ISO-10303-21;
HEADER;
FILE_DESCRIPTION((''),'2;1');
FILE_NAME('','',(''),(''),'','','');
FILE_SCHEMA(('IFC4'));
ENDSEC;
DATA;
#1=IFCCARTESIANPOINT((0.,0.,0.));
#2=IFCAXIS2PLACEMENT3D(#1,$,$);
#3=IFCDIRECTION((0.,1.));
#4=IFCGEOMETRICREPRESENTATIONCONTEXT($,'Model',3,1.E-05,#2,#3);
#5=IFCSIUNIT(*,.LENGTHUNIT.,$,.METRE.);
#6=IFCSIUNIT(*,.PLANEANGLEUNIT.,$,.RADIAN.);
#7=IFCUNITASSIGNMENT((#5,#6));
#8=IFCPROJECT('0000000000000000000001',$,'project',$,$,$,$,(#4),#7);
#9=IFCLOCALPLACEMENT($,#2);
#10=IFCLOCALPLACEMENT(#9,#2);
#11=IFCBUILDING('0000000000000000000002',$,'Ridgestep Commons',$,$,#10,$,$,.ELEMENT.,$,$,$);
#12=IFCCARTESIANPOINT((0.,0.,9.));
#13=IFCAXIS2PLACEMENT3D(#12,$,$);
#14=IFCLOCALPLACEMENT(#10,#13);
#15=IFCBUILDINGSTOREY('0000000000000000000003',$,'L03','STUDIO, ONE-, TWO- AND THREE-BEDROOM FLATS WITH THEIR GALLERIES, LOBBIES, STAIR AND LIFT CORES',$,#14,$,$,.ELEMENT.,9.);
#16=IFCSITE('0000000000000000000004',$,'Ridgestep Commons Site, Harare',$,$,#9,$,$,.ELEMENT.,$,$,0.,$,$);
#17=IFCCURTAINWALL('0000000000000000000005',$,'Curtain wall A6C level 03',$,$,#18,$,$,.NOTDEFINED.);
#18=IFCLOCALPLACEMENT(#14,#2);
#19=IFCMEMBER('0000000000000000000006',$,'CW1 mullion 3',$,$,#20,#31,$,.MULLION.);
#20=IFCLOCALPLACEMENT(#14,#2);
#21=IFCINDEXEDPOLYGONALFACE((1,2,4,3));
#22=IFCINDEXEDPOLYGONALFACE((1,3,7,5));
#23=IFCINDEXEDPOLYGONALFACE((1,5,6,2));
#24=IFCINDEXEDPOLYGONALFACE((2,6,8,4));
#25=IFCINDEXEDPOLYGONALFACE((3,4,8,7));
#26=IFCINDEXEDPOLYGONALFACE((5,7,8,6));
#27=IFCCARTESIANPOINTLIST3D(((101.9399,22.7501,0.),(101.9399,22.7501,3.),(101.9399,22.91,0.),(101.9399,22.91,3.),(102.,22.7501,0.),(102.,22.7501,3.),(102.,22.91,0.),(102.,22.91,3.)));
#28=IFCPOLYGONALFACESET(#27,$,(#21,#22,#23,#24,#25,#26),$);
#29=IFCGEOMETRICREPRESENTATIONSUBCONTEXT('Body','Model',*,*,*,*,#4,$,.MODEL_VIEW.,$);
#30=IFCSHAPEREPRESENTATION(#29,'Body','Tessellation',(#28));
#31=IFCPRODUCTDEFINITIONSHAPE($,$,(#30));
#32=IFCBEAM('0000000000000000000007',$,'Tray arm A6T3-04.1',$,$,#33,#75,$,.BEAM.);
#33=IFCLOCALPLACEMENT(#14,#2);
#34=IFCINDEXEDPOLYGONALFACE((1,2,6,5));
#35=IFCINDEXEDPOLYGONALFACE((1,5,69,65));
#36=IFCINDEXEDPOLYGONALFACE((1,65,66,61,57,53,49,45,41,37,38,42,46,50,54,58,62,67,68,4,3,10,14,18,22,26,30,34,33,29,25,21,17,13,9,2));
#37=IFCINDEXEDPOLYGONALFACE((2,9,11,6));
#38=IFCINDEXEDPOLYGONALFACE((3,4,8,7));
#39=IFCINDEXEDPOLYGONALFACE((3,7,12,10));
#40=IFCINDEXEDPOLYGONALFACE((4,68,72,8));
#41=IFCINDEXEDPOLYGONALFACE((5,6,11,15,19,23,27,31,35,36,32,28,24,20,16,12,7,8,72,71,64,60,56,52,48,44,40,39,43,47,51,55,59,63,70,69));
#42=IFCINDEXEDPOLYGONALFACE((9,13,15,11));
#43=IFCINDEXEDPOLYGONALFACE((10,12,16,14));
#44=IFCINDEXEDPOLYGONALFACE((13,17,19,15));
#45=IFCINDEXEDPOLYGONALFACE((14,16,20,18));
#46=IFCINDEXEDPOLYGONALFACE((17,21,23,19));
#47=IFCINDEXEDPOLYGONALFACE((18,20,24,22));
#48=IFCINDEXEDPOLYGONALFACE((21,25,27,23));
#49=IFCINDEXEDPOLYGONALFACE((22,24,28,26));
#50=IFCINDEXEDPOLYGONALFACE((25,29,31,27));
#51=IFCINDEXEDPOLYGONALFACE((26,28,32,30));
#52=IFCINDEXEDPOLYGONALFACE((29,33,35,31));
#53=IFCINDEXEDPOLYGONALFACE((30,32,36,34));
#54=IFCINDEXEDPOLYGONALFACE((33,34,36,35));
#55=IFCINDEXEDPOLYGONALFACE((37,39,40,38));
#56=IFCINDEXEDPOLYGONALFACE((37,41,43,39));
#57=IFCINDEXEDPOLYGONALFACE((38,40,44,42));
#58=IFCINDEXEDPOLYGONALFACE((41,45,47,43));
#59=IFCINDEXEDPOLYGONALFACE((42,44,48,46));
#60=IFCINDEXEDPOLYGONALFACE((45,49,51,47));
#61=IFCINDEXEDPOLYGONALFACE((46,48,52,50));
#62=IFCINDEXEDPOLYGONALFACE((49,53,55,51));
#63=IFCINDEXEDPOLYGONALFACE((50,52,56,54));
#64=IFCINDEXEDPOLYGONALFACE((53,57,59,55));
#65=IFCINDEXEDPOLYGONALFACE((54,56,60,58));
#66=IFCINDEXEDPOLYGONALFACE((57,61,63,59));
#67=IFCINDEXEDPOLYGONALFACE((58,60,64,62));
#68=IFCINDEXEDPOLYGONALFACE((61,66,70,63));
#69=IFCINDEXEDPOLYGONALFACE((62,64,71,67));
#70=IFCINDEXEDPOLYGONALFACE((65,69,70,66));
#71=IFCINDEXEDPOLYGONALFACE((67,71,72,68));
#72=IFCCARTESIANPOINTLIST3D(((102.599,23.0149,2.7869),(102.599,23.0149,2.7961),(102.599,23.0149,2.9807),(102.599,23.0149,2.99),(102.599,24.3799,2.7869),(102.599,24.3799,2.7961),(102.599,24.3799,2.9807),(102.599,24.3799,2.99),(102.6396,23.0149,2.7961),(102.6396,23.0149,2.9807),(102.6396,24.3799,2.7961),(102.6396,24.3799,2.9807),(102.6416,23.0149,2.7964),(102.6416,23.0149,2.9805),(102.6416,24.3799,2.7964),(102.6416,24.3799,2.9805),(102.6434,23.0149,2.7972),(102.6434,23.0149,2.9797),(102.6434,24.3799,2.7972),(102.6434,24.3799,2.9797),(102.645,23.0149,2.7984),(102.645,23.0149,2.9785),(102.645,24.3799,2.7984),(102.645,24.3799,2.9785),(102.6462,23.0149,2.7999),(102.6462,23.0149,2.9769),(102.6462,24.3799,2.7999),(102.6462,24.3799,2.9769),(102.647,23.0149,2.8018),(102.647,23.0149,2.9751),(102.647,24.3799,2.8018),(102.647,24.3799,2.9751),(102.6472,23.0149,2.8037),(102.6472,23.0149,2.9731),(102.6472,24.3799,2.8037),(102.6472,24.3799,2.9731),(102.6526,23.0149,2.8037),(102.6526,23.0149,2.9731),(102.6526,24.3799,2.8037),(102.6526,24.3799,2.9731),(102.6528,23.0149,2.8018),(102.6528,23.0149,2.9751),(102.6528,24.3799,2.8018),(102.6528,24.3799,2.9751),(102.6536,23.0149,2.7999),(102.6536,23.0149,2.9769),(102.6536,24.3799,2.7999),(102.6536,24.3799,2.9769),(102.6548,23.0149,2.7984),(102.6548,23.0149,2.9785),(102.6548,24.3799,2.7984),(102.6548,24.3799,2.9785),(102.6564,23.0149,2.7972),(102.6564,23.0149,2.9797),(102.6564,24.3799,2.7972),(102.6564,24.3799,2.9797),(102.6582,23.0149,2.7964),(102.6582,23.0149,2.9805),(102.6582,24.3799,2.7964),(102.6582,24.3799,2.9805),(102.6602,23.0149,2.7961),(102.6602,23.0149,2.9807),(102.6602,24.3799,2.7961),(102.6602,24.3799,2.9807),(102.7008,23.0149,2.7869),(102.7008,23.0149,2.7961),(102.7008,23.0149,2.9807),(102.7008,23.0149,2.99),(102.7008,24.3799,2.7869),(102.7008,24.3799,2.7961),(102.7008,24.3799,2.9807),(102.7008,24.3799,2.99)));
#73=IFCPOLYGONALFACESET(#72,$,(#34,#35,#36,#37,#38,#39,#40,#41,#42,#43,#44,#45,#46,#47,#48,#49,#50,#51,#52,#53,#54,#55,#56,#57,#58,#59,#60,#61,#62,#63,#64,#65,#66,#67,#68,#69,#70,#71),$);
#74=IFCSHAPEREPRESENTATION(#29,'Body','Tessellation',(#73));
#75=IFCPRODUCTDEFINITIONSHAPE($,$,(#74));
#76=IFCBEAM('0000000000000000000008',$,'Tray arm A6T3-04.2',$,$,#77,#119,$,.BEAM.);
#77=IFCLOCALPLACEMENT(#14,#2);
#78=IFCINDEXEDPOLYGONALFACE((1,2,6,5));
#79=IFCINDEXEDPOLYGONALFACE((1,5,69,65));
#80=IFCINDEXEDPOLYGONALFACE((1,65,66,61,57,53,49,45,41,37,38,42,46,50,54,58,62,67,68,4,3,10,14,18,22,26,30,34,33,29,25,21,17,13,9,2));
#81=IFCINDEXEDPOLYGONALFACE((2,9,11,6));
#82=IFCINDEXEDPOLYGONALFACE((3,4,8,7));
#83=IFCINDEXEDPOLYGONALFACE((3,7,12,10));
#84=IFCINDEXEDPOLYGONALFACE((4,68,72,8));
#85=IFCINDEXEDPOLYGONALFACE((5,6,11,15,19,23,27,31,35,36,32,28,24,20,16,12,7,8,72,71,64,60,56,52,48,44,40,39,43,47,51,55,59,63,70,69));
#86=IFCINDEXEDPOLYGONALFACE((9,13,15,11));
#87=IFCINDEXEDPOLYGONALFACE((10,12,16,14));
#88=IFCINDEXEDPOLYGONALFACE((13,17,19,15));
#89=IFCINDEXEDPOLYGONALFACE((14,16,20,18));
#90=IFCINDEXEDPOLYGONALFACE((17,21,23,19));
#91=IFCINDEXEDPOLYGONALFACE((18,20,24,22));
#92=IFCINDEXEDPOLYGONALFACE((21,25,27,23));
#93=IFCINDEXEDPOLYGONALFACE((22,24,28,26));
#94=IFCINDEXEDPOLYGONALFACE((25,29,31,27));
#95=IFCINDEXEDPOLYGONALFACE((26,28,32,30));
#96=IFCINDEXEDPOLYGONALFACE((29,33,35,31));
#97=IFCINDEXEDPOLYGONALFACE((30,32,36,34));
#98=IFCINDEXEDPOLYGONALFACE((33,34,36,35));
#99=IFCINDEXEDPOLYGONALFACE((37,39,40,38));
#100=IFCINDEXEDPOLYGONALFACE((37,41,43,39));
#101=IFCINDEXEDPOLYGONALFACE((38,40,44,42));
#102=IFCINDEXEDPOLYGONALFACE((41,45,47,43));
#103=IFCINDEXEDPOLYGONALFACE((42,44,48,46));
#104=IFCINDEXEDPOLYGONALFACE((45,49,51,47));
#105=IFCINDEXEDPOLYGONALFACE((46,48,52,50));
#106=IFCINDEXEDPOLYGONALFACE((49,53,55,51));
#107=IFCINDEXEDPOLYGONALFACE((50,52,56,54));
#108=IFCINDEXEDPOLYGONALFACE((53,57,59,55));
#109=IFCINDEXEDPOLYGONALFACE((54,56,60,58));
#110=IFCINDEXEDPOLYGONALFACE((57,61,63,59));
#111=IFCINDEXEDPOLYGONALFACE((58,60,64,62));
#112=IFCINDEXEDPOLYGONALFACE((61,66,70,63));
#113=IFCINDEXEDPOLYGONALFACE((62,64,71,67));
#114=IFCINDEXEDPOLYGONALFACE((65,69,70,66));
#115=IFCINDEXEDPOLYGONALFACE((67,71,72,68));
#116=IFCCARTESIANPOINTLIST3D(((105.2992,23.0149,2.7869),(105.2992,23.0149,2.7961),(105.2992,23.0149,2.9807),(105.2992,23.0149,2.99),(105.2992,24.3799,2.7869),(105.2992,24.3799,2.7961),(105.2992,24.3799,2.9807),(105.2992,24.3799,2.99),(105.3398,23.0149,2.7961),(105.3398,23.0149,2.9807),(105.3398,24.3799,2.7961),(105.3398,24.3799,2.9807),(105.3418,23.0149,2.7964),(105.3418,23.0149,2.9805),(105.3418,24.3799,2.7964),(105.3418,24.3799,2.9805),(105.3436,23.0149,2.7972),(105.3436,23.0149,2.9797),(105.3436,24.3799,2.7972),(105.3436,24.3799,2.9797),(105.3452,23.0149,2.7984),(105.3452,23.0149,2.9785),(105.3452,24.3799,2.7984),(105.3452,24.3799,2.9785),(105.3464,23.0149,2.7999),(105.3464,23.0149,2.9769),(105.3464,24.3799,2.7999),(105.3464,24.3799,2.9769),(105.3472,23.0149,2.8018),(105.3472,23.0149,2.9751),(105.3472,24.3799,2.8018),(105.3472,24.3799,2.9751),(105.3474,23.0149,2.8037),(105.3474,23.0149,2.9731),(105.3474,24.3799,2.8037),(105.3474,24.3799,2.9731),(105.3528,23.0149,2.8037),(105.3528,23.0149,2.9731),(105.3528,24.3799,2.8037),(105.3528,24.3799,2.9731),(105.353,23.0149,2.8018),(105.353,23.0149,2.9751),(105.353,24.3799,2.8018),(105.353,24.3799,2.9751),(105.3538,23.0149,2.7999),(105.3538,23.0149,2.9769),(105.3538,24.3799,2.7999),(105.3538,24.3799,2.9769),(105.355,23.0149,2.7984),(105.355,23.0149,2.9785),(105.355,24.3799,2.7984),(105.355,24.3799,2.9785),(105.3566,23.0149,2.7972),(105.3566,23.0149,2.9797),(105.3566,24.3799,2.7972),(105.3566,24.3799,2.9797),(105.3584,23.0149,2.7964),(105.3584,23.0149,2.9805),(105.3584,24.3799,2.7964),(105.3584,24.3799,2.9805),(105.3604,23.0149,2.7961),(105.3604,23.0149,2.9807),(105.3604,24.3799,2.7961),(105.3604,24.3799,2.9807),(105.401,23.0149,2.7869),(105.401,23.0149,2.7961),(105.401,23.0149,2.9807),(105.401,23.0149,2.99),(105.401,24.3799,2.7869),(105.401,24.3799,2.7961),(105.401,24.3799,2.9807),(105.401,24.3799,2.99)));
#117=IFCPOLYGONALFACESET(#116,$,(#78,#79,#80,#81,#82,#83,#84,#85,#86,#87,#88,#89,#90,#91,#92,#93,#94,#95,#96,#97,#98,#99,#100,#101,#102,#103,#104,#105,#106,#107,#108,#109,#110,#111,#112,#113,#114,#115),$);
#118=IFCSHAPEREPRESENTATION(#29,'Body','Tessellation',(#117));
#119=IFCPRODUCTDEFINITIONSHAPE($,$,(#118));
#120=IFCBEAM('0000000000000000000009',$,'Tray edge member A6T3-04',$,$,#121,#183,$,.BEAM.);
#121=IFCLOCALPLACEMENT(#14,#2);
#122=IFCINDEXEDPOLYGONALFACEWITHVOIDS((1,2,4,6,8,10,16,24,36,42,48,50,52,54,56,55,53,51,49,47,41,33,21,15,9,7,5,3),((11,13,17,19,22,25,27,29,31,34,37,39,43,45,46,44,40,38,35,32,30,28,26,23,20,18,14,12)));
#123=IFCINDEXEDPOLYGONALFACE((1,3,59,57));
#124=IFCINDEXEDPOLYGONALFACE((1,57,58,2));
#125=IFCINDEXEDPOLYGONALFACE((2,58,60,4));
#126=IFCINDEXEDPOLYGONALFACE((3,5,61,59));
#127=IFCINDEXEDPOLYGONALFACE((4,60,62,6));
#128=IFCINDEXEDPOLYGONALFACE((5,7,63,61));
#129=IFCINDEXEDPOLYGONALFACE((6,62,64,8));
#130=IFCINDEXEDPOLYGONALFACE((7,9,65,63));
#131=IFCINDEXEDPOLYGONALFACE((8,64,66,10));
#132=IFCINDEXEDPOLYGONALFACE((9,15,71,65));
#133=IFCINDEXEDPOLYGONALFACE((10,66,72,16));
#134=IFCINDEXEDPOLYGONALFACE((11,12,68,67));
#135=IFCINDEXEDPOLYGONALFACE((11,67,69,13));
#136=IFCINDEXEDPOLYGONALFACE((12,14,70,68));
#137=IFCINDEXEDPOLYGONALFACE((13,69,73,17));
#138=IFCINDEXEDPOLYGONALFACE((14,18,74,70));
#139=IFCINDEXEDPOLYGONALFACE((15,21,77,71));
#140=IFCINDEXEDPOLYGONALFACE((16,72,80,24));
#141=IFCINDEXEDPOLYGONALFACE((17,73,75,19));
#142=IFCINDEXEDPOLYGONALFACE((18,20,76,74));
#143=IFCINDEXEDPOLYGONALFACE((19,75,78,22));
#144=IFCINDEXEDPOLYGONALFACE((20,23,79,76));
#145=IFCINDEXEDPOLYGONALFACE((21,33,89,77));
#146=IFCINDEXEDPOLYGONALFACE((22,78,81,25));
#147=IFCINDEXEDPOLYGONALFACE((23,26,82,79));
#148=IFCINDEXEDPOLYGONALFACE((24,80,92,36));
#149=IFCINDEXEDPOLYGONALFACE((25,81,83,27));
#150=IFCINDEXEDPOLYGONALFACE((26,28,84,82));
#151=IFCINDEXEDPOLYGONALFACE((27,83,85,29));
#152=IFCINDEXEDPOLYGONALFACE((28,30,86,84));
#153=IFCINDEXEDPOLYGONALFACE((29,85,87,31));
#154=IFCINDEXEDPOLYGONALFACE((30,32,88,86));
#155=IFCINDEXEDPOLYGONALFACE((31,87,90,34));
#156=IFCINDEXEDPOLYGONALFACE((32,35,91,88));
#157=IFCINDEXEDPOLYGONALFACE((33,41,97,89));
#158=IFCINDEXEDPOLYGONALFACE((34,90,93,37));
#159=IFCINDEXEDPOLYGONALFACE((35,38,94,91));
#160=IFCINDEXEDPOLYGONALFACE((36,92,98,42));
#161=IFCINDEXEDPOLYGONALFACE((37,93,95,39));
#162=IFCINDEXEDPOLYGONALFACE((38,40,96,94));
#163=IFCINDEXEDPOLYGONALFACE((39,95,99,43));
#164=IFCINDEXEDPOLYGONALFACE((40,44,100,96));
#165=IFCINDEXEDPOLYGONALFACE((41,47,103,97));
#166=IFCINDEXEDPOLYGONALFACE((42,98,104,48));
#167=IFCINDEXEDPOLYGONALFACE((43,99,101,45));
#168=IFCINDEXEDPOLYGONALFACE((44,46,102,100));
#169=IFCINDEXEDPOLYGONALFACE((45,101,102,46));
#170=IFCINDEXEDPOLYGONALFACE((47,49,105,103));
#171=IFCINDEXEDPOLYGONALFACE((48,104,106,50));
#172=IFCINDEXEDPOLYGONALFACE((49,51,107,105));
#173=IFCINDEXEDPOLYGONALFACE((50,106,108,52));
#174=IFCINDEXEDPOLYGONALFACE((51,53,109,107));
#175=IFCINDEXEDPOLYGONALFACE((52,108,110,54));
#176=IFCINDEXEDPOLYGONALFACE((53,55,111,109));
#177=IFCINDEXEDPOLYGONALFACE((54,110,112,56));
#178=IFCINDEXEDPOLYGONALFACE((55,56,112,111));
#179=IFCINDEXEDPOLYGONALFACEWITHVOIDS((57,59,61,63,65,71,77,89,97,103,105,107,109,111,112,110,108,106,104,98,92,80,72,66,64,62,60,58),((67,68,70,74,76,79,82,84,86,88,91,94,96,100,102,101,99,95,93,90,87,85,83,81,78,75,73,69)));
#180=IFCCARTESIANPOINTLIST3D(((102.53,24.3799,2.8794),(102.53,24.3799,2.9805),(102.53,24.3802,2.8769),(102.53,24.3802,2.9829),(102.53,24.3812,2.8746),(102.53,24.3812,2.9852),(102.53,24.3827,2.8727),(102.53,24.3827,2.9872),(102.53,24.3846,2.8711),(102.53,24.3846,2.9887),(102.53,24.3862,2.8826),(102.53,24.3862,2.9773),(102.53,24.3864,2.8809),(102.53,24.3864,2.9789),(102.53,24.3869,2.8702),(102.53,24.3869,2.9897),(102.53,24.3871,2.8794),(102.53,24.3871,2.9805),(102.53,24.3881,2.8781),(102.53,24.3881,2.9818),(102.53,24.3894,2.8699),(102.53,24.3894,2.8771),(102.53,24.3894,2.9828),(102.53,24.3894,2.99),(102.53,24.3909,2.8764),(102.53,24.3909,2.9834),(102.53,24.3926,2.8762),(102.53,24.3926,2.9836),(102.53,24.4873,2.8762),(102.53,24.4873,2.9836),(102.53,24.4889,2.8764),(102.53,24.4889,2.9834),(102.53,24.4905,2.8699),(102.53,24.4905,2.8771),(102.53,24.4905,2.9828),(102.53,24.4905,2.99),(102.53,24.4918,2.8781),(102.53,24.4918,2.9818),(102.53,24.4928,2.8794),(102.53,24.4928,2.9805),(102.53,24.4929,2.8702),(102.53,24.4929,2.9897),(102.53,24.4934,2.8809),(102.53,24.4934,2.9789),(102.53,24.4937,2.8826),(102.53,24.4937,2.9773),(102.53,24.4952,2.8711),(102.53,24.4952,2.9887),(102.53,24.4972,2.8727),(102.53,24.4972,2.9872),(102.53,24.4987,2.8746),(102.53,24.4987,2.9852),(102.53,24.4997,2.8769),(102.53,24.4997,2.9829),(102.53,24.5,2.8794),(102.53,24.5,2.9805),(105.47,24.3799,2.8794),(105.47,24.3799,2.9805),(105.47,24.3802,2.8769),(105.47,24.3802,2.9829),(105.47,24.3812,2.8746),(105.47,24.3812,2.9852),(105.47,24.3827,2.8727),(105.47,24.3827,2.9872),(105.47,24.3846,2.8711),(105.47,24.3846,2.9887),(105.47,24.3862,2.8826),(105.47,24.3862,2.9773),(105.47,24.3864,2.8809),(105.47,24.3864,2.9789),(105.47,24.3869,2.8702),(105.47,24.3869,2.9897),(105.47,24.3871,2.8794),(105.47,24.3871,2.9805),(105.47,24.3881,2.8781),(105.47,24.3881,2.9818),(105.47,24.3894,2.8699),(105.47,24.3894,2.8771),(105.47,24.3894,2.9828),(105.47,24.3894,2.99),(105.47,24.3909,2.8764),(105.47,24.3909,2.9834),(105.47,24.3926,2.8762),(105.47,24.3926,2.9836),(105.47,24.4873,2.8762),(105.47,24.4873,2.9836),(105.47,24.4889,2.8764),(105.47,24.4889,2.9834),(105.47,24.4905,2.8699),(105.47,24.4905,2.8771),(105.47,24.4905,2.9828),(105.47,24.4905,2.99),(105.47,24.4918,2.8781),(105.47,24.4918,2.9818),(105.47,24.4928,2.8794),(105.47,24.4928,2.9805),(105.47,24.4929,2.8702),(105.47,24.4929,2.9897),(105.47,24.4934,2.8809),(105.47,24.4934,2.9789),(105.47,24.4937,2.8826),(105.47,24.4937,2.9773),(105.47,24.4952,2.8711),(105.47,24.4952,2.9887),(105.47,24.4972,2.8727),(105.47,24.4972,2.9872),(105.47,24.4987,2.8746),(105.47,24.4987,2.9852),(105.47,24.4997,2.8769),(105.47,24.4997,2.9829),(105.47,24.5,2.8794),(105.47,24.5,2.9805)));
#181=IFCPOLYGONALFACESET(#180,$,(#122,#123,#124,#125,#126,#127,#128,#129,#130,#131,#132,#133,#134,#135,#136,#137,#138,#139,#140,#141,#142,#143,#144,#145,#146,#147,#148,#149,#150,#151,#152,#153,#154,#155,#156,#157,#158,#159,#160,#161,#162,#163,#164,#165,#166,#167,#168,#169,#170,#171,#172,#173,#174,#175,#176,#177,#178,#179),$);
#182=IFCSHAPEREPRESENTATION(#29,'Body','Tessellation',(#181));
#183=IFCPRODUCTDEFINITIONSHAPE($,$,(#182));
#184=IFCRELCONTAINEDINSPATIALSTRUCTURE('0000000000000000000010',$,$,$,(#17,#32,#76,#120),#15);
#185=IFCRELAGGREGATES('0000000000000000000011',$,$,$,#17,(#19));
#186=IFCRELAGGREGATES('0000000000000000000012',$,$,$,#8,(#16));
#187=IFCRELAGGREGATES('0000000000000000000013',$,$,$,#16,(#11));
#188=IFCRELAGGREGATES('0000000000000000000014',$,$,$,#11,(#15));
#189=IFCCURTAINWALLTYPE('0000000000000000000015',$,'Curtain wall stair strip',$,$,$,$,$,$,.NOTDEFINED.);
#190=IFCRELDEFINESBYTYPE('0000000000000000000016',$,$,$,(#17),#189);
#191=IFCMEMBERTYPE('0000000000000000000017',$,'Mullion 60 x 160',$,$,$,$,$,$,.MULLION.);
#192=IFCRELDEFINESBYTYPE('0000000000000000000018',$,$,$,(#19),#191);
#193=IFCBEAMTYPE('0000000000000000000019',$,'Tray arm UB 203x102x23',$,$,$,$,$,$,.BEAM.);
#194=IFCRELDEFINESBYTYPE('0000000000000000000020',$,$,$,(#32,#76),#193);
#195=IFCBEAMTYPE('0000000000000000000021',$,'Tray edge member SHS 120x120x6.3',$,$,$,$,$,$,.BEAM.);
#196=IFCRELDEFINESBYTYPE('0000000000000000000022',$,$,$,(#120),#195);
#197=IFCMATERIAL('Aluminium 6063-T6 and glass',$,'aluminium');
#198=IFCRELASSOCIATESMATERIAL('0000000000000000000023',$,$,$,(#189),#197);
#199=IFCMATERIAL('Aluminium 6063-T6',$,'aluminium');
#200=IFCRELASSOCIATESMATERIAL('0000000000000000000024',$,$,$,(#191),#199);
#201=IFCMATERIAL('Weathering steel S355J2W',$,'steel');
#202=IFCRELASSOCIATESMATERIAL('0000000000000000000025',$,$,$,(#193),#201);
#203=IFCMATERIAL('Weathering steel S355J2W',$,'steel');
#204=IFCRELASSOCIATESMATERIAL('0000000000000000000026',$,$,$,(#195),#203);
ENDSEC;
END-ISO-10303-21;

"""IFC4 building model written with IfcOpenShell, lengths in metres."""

from ifc_helpers import new_model, si_unit, direction, frame, origin, origin_2d, place, context, subcontext, project, spatial, rectangle, hollow_rectangle, i_section, extrude, material, material_profile, profile_set, type_object, element, aggregate, save


model = new_model("IFC4")

# Units and contexts
model_context = context("Model", 3, precision=1e-05, world=origin(), true_north=direction((0.0, 1.0)))
body_context = subcontext(model_context, "Body", "Model", "MODEL_VIEW")
ifc_project = project(units=[si_unit("LENGTHUNIT", "METRE"), si_unit("PLANEANGLEUNIT", "RADIAN")], contexts=[model_context])

# Site, building, storey
site_placement = place(None, origin())
site = spatial("IfcSite", under=ifc_project, at=site_placement, Name="Ridgestep Commons Site, Harare", CompositionType="ELEMENT", RefElevation=0.0)
building_placement = place(site_placement, origin())
building = spatial("IfcBuilding", under=site, at=building_placement, Name="Ridgestep Commons", CompositionType="ELEMENT")
storey_placement = place(building_placement, frame((0.0, 0.0, 9.0)))
storey = spatial("IfcBuildingStorey", under=building, at=storey_placement, Name="L03", Description="STUDIO, ONE-, TWO- AND THREE-BEDROOM FLATS WITH THEIR GALLERIES, LOBBIES, STAIR AND LIFT CORES", CompositionType="ELEMENT", Elevation=9.0)

# Curtain wall, member
ifc_material_1 = material(Name="Aluminium 6063-T6 and glass", Category="aluminium")
curtain_wall_type = type_object("IfcCurtainWallType", Name="Curtain wall stair strip", PredefinedType="NOTDEFINED", material=ifc_material_1)
curtain_wall_placement = place(storey_placement, origin())
curtain_wall = element("IfcCurtainWall", 1, at=curtain_wall_placement, inside=storey, type_object=curtain_wall_type, Name="Curtain wall A6C level 03", PredefinedType="NOTDEFINED")
ifc_material_2 = material(Name="Aluminium 6063-T6", Category="aluminium")
ifc_material_profile_1 = material_profile(ifc_material_2, rectangle(XDim=0.1599, YDim=0.0601, at=origin_2d()), Name="Mullion 60 x 160")
ifc_profile_set_1 = profile_set([ifc_material_profile_1], Name="Aluminium 6063-T6")
member_type = type_object("IfcMemberType", Name="Mullion 60 x 160", PredefinedType="MULLION", material=ifc_profile_set_1)
member_placement = place(storey_placement, frame((101.97, 22.8301, 0.0), z_axis=(0.0, 0.0, 1.0), x_axis=(0.0, 1.0, 0.0)))
member = element("IfcMember", 2, at=member_placement, type_object=member_type, Name="CW1 mullion 3", PredefinedType="MULLION", context=body_context, shape_type="SweptSolid", body=[
    extrude(rectangle(XDim=0.1599, YDim=0.0601, at=origin_2d()), origin(), (0.0, 0.0, 1.0), 3.0),
])
aggregate(curtain_wall, [member])

# Beams
ifc_material_3 = material(Name="Weathering steel S355J2W", Category="steel")
ifc_material_profile_2 = material_profile(ifc_material_3, i_section(OverallWidth=0.1018, OverallDepth=0.2031, WebThickness=0.0054, FlangeThickness=0.0093, FilletRadius=0.0076, at=origin_2d()), Name="UB 203x102x23")
ifc_profile_set_2 = profile_set([ifc_material_profile_2], Name="Weathering steel S355J2W")
beam_type_1 = type_object("IfcBeamType", Name="Tray arm UB 203x102x23", PredefinedType="BEAM", material=ifc_profile_set_2)
for number, where, z_axis, x_axis, name in (
    (3, (102.6499, 23.0149, 2.8884), (0.0, 1.0, 0.0), (-1.0, 0.0, 0.0), "Tray arm A6T3-04.1"),
    (4, (105.3501, 23.0149, 2.8884), (0.0, 1.0, 0.0), (-1.0, 0.0, 0.0), "Tray arm A6T3-04.2"),
):
    element("IfcBeam", number, at=place(storey_placement, frame(where, z_axis=z_axis, x_axis=x_axis)), inside=storey, type_object=beam_type_1, Name=name, PredefinedType="BEAM", context=body_context, shape_type="SweptSolid", body=[
        extrude(i_section(OverallWidth=0.1018, OverallDepth=0.2031, WebThickness=0.0054, FlangeThickness=0.0093, FilletRadius=0.0076, at=origin_2d()), origin(), (0.0, 0.0, 1.0), 1.365),
    ])
ifc_material_4 = material(Name="Weathering steel S355J2W", Category="steel")
ifc_material_profile_3 = material_profile(ifc_material_4, hollow_rectangle(XDim=0.1201, YDim=0.1201, WallThickness=0.0063, InnerFilletRadius=0.0063, OuterFilletRadius=0.0095, at=origin_2d()), Name="SHS 120x120x6.3")
ifc_profile_set_3 = profile_set([ifc_material_profile_3], Name="Weathering steel S355J2W")
beam_type_2 = type_object("IfcBeamType", Name="Tray edge member SHS 120x120x6.3", PredefinedType="BEAM", material=ifc_profile_set_3)
beam_placement = place(storey_placement, frame((102.53, 24.4399, 2.9299), z_axis=(1.0, 0.0, 0.0), x_axis=(0.0, 0.0, 1.0)))
element("IfcBeam", 5, at=beam_placement, inside=storey, type_object=beam_type_2, Name="Tray edge member A6T3-04", PredefinedType="BEAM", context=body_context, shape_type="SweptSolid", body=[
    extrude(hollow_rectangle(XDim=0.1201, YDim=0.1201, WallThickness=0.0063, InnerFilletRadius=0.0063, OuterFilletRadius=0.0095, at=origin_2d()), origin(), (0.0, 0.0, 1.0), 2.9399),
])

save(model, "model.ifc")
